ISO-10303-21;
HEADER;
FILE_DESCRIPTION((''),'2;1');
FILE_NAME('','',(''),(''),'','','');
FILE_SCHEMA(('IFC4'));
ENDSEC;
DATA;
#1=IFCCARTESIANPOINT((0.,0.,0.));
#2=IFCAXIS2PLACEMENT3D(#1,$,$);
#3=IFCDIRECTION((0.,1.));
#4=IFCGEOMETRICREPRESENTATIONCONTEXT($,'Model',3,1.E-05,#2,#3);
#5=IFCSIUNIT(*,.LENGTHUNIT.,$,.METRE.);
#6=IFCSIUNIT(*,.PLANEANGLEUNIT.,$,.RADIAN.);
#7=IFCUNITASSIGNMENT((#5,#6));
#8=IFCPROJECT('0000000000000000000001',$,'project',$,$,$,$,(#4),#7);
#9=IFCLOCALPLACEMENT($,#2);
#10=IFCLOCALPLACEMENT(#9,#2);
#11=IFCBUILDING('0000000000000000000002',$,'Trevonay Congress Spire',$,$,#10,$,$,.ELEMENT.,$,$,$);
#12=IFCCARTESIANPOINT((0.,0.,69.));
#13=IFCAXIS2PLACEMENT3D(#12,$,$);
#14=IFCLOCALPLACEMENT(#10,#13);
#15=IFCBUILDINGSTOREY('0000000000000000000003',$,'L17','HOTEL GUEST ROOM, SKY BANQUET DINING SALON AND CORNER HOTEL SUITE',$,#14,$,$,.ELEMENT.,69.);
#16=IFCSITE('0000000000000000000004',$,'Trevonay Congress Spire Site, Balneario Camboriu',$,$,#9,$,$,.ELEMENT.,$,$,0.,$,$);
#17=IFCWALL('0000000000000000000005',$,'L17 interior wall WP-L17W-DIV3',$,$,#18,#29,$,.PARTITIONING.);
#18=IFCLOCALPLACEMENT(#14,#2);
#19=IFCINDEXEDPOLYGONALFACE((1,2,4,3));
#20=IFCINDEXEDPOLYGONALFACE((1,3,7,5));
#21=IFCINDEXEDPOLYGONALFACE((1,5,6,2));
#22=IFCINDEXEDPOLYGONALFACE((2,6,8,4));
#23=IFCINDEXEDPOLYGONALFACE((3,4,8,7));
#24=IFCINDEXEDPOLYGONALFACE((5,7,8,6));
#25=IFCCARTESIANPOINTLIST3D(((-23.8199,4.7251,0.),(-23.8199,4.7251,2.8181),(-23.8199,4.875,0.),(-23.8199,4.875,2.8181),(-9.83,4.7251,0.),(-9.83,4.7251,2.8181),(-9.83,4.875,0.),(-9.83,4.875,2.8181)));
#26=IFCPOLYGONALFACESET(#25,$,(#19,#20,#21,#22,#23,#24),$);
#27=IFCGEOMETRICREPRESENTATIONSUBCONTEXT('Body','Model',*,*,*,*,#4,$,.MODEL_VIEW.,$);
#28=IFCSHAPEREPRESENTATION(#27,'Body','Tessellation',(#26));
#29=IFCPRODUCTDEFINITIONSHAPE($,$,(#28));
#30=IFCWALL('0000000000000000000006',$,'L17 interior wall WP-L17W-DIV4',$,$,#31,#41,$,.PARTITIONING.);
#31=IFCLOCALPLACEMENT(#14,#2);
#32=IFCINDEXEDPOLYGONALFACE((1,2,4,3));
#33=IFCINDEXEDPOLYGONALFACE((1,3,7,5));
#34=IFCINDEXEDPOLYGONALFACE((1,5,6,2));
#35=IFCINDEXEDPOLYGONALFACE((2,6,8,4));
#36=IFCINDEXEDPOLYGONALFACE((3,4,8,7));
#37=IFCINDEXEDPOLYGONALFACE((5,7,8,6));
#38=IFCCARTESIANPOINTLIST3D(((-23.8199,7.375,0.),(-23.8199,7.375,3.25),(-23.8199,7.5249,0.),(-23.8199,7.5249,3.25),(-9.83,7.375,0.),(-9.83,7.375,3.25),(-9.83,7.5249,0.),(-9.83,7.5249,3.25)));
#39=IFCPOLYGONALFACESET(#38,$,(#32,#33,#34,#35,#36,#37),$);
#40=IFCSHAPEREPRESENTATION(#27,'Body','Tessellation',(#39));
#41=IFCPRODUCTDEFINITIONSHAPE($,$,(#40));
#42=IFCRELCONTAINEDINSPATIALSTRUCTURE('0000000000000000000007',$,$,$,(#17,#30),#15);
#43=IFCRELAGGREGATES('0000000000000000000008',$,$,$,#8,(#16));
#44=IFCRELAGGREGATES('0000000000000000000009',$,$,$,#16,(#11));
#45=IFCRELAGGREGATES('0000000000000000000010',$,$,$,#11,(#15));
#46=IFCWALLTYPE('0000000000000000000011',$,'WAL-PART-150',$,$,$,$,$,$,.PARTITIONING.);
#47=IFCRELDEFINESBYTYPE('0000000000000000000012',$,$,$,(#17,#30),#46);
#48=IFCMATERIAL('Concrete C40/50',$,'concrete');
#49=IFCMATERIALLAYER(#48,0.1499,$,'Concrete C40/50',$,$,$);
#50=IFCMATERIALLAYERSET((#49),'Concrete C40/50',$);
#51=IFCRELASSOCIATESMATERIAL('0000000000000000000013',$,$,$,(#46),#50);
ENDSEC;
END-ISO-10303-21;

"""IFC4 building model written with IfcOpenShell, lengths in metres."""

from ifc_helpers import new_model, si_unit, direction, frame, frame_2d, origin, place, context, subcontext, project, spatial, rectangle, extrude, material, layer, layer_set, type_object, element, save


model = new_model("IFC4")

# Units and contexts
model_context = context("Model", 3, precision=1e-05, world=origin(), true_north=direction((0.0, 1.0)))
body_context = subcontext(model_context, "Body", "Model", "MODEL_VIEW")
ifc_project = project(units=[si_unit("LENGTHUNIT", "METRE"), si_unit("PLANEANGLEUNIT", "RADIAN")], contexts=[model_context])

# Site, building, storey
site_placement = place(None, origin())
site = spatial("IfcSite", under=ifc_project, at=site_placement, Name="Trevonay Congress Spire Site, Balneario Camboriu", CompositionType="ELEMENT", RefElevation=0.0)
building_placement = place(site_placement, origin())
building = spatial("IfcBuilding", under=site, at=building_placement, Name="Trevonay Congress Spire", CompositionType="ELEMENT")
storey_placement = place(building_placement, frame((0.0, 0.0, 69.0)))
storey = spatial("IfcBuildingStorey", under=building, at=storey_placement, Name="L17", Description="HOTEL GUEST ROOM, SKY BANQUET DINING SALON AND CORNER HOTEL SUITE", CompositionType="ELEMENT", Elevation=69.0)

# Shared definitions
ifc_material_1 = material(Name="Concrete C40/50", Category="concrete")

# Walls
ifc_layer_1 = layer(ifc_material_1, 0.1499, Name="Concrete C40/50")
ifc_layer_set_1 = layer_set([ifc_layer_1], Name="Concrete C40/50")
wall_type_1 = type_object("IfcWallType", Name="WAL-PART-150", PredefinedType="PARTITIONING", material=ifc_layer_set_1)
wall_1_placement = place(storey_placement, frame((-23.8201, 4.8, 0.0), z_axis=(0.0, 0.0, 1.0), x_axis=(1.0, 0.0, 0.0)))
element("IfcWall", 1, at=wall_1_placement, inside=storey, type_object=wall_type_1, Name="L17 interior wall WP-L17W-DIV3", PredefinedType="PARTITIONING", context=body_context, shape_type="SweptSolid", body=[
    extrude(rectangle(XDim=13.99, YDim=0.1499, at=frame_2d((6.9951, 0.0))), origin(), (0.0, 0.0, 1.0), 2.8181),
])
wall_2_placement = place(storey_placement, frame((-23.8201, 7.45, 0.0), z_axis=(0.0, 0.0, 1.0), x_axis=(1.0, 0.0, 0.0)))
element("IfcWall", 2, at=wall_2_placement, inside=storey, type_object=wall_type_1, Name="L17 interior wall WP-L17W-DIV4", PredefinedType="PARTITIONING", context=body_context, shape_type="SweptSolid", body=[
    extrude(rectangle(XDim=13.99, YDim=0.1499, at=frame_2d((6.9951, 0.0))), origin(), (0.0, 0.0, 1.0), 3.25),
])

save(model, "model.ifc")
